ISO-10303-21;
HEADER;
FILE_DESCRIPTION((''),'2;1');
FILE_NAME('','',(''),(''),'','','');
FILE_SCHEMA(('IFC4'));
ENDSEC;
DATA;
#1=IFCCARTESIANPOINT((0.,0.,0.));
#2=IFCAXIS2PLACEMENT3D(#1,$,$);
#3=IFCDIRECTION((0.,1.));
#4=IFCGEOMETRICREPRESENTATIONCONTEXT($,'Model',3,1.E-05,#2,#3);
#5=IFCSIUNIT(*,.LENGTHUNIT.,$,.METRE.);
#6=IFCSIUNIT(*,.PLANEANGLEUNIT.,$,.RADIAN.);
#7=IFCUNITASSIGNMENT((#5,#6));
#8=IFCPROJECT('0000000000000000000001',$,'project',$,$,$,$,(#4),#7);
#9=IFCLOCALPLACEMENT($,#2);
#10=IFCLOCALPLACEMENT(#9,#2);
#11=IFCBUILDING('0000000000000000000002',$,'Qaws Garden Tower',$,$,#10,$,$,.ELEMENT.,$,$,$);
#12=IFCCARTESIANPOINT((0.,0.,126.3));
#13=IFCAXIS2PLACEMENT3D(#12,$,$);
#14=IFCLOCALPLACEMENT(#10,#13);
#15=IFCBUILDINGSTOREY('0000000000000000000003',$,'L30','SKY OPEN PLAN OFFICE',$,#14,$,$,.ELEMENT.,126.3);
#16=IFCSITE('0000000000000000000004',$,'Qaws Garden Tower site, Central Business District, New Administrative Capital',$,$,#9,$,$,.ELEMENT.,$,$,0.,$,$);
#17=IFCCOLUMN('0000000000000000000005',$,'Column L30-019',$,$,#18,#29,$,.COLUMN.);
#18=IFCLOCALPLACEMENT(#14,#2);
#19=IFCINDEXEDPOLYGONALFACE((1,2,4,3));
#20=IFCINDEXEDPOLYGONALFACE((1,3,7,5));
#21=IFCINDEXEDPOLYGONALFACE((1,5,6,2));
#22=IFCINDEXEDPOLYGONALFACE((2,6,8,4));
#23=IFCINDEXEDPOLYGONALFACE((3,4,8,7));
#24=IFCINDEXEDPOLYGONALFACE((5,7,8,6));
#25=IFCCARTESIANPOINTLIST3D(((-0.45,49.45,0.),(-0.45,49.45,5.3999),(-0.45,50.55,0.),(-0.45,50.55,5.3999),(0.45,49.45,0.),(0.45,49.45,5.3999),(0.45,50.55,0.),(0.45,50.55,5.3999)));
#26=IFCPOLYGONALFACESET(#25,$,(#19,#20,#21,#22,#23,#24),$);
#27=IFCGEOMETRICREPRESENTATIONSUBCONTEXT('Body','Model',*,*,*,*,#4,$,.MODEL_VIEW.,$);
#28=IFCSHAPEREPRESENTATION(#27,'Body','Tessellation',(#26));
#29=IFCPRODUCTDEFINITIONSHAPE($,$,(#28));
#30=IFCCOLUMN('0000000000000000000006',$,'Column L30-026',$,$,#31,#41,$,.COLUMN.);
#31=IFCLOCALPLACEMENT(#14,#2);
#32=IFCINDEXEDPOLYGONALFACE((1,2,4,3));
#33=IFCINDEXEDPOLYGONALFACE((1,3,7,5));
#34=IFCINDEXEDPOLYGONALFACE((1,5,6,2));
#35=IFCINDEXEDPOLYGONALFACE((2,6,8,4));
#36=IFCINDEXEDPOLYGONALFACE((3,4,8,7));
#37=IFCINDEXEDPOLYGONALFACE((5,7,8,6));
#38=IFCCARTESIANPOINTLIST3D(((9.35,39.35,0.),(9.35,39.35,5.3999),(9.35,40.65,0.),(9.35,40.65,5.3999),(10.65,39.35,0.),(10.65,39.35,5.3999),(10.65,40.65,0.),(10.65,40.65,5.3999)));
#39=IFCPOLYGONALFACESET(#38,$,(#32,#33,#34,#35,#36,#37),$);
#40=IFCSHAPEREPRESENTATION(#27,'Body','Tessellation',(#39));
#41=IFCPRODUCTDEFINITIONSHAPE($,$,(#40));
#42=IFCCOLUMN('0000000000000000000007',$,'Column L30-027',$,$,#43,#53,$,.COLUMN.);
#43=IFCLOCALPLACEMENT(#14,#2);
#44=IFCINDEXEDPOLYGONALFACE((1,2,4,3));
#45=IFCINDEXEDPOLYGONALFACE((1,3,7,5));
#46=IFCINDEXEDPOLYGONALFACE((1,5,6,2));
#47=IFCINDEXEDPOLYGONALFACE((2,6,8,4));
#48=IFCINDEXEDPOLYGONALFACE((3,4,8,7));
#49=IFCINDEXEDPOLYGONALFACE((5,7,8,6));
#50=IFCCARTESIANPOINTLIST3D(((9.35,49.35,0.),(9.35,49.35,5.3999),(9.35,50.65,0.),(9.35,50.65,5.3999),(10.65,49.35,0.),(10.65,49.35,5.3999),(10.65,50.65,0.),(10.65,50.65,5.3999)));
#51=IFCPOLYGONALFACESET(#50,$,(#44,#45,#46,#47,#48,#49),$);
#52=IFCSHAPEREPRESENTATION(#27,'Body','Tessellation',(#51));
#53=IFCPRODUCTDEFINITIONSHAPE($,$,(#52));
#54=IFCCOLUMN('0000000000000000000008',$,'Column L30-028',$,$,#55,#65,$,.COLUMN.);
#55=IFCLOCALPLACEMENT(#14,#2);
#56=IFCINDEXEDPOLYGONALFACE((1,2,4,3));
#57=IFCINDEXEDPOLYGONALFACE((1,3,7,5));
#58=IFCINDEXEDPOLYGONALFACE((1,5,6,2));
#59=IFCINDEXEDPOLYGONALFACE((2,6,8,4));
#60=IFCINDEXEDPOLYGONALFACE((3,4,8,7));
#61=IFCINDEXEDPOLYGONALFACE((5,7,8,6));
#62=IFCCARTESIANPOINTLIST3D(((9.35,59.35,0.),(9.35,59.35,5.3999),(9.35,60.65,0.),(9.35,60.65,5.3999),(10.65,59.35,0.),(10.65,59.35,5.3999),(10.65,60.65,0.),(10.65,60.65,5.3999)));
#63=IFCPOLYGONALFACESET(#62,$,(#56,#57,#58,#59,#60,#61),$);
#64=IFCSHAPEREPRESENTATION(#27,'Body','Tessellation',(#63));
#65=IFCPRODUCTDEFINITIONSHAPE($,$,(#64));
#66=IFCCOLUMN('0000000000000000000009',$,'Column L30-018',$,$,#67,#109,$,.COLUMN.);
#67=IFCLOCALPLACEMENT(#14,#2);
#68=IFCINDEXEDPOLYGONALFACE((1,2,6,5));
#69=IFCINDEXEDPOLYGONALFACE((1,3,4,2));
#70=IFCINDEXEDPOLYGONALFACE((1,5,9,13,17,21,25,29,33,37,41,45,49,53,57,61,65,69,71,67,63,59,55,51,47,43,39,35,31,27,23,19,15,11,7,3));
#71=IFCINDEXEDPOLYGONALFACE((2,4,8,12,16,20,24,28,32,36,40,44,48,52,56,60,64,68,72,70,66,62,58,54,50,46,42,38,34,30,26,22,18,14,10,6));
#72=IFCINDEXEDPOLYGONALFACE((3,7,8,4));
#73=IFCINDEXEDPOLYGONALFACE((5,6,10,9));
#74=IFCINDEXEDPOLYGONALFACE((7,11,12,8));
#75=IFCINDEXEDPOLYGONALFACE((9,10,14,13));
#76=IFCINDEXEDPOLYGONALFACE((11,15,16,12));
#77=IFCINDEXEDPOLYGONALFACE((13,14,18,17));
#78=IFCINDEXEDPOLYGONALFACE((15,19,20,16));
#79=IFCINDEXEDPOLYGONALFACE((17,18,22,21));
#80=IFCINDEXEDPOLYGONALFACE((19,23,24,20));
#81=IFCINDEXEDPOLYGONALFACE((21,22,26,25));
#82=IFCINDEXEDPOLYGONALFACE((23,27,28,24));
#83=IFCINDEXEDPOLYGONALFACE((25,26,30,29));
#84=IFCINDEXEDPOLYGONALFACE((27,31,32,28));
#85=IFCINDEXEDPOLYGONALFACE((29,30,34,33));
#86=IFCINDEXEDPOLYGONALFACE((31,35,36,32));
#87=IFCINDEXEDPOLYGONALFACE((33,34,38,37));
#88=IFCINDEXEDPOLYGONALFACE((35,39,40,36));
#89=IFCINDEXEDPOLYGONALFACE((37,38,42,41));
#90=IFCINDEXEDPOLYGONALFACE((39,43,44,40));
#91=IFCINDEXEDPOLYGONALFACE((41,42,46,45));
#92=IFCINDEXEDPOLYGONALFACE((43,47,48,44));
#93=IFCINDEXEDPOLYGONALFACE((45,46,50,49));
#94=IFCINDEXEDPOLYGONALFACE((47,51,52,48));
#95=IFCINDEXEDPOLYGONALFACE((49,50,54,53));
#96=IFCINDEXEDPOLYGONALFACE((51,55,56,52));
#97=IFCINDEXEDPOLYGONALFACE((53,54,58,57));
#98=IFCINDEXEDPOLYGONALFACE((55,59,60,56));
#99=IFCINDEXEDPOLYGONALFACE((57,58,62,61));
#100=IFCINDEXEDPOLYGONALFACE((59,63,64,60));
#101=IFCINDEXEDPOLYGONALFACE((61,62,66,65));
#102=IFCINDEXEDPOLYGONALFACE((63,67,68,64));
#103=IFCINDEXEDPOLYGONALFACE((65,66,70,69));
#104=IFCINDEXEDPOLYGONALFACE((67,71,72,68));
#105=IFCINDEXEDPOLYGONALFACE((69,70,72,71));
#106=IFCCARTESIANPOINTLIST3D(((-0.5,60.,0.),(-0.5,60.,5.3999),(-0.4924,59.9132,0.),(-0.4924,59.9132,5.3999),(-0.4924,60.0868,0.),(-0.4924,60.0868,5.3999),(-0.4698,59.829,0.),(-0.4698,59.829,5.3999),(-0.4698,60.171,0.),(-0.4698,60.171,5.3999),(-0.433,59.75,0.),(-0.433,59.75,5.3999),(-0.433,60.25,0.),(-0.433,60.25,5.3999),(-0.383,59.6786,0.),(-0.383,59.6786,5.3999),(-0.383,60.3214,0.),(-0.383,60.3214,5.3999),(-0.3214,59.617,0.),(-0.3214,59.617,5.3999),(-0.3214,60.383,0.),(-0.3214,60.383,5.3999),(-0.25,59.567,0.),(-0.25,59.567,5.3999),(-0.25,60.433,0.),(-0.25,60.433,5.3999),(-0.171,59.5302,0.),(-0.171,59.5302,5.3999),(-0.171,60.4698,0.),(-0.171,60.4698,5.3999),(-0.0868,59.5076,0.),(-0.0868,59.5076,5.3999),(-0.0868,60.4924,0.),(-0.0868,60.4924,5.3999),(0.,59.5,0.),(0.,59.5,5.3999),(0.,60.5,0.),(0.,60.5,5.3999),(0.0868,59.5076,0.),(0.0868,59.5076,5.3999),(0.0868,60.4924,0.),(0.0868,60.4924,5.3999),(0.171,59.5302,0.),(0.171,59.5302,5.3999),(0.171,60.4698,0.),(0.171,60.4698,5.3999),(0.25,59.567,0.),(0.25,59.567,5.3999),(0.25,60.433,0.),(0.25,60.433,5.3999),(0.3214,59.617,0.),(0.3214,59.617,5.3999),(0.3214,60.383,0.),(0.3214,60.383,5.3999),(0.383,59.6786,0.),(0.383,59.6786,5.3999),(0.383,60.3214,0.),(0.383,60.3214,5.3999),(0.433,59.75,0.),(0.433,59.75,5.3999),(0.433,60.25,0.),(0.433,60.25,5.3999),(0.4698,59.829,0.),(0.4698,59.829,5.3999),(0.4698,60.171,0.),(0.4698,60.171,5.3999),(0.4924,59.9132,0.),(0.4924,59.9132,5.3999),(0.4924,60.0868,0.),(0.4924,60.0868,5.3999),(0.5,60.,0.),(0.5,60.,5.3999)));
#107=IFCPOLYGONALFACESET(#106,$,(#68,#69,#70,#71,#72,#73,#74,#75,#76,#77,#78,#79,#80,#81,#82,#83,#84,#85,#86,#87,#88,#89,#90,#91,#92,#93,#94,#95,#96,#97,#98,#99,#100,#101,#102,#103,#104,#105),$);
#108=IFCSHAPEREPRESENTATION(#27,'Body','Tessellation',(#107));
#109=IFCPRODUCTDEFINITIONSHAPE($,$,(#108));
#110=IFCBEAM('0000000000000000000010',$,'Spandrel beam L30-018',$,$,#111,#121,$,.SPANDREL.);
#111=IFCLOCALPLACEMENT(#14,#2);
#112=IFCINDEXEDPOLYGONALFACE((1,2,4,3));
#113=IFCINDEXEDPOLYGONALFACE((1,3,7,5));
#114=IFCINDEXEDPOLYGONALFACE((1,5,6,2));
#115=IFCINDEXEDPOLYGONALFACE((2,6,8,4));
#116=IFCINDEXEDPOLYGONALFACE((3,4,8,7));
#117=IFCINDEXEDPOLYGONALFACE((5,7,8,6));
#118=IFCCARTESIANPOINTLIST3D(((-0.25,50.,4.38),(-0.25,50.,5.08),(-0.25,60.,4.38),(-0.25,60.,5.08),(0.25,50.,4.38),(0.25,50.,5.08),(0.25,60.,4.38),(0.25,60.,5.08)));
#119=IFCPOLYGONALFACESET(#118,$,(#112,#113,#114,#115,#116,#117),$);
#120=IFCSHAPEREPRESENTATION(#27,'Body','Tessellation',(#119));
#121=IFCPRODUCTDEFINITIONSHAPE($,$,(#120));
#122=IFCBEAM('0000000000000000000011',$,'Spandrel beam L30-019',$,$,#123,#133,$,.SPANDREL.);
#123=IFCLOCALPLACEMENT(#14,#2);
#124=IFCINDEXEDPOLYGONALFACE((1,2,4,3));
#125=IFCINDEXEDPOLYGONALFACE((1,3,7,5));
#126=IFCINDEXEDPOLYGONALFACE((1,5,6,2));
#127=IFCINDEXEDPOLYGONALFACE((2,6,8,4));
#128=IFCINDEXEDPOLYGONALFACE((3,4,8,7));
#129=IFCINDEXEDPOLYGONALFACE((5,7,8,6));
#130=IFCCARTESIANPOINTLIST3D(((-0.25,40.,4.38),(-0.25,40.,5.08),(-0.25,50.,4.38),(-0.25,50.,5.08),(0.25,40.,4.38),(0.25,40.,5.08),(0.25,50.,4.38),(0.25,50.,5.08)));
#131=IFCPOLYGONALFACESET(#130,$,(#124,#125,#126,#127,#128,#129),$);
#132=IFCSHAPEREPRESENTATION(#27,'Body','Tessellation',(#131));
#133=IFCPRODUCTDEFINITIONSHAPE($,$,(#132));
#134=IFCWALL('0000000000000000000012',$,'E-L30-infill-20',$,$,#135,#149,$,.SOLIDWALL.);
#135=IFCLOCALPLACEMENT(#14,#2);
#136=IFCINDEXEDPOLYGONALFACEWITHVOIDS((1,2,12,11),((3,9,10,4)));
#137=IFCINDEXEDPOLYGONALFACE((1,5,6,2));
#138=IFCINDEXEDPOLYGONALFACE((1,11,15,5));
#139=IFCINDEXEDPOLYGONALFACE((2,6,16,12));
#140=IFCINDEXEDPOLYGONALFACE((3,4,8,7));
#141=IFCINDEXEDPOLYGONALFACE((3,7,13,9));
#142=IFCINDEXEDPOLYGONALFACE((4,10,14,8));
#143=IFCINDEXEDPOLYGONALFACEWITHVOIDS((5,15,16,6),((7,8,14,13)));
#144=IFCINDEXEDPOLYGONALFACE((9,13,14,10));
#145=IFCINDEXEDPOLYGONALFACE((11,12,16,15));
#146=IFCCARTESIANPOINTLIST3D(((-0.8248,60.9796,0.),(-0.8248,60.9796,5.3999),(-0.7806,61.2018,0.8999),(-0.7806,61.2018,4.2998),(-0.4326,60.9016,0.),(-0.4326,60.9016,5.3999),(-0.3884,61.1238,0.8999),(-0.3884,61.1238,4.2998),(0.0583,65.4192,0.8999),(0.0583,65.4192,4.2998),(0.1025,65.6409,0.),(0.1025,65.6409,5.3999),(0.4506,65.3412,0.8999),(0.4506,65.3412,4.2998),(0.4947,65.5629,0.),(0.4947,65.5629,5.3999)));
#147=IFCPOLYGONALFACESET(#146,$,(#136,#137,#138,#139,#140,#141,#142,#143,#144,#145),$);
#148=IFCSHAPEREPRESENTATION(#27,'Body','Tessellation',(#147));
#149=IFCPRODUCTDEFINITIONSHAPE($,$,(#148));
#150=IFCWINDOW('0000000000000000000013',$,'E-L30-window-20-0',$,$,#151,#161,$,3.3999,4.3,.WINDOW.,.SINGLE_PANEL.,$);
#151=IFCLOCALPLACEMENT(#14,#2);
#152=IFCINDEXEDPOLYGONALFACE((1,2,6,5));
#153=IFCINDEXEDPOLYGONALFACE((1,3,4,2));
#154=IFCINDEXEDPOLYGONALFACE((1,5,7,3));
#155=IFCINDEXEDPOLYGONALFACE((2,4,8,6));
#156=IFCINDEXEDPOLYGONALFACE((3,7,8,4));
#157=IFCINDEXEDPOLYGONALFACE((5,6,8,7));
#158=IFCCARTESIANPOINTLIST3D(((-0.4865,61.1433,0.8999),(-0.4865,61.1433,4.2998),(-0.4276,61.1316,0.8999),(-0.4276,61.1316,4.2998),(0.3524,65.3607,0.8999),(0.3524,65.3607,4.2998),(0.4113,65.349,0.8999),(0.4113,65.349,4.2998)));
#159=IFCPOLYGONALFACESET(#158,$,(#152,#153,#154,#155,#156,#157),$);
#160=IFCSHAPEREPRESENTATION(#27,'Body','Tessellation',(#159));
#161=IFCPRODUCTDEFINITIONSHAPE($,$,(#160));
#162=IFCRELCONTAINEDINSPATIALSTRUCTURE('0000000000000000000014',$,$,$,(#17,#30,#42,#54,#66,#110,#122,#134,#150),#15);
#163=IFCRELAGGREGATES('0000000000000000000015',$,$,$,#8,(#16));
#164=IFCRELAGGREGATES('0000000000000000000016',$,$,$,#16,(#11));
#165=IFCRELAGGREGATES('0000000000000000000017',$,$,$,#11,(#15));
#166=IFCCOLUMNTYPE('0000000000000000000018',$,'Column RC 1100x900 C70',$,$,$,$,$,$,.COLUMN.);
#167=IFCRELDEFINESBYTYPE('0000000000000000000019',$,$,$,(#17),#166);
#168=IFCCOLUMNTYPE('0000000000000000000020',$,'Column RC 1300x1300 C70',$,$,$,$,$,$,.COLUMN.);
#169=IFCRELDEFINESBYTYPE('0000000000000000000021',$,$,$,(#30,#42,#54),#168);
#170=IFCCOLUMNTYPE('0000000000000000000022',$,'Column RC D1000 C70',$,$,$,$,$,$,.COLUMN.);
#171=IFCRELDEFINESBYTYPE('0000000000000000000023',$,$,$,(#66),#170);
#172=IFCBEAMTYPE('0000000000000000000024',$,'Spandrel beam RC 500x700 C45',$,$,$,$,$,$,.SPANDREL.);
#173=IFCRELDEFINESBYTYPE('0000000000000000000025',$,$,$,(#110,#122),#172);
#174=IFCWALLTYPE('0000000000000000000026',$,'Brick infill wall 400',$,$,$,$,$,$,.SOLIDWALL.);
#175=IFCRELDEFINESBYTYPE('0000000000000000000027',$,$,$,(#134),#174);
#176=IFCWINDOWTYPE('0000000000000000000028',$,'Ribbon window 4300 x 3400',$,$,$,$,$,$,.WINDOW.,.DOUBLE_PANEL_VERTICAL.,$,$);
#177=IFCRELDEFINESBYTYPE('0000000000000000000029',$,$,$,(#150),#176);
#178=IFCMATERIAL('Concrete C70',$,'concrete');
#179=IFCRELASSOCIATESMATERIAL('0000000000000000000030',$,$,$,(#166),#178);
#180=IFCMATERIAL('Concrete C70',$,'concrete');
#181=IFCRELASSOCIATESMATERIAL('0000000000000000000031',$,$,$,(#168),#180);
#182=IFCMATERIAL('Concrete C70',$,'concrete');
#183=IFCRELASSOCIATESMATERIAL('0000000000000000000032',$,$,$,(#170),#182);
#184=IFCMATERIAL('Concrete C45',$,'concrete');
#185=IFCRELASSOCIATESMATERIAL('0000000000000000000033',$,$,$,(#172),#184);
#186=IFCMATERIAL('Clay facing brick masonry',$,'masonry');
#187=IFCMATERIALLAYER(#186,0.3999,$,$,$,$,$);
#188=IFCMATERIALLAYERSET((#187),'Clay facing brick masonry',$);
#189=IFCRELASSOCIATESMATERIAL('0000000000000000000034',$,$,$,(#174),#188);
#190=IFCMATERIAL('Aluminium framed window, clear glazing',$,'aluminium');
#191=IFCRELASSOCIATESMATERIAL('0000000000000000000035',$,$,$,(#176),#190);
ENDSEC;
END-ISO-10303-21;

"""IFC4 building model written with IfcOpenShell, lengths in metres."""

from ifc_helpers import new_model, si_unit, direction, frame, frame_2d, origin, origin_2d, place, context, subcontext, project, spatial, rectangle, circle, extrude, material, layer, layer_set, material_profile, profile_set, type_object, element, fill, save


model = new_model("IFC4")

# Units and contexts
model_context = context("Model", 3, precision=1e-05, world=origin(), true_north=direction((0.0, 1.0)))
body_context = subcontext(model_context, "Body", "Model", "MODEL_VIEW")
ifc_project = project(units=[si_unit("LENGTHUNIT", "METRE"), si_unit("PLANEANGLEUNIT", "RADIAN")], contexts=[model_context])

# Site, building, storey
site_placement = place(None, origin())
site = spatial("IfcSite", under=ifc_project, at=site_placement, Name="Qaws Garden Tower site, Central Business District, New Administrative Capital", CompositionType="ELEMENT", RefElevation=0.0)
building_placement = place(site_placement, origin())
building = spatial("IfcBuilding", under=site, at=building_placement, Name="Qaws Garden Tower", CompositionType="ELEMENT")
storey_placement = place(building_placement, frame((0.0, 0.0, 126.3)))
storey = spatial("IfcBuildingStorey", under=building, at=storey_placement, Name="L30", Description="SKY OPEN PLAN OFFICE", CompositionType="ELEMENT", Elevation=126.3)

# Columns
ifc_material_1 = material(Name="Concrete C70", Category="concrete")
ifc_material_profile_1 = material_profile(ifc_material_1, rectangle(XDim=1.1001, YDim=0.8999, at=origin_2d()), Name="RC 1100x900")
ifc_profile_set_1 = profile_set([ifc_material_profile_1], Name="Concrete C70")
column_type_1 = type_object("IfcColumnType", Name="Column RC 1100x900 C70", PredefinedType="COLUMN", material=ifc_profile_set_1)
column_1_placement = place(storey_placement, frame((0.0, 50.0, 0.0), z_axis=(0.0, 0.0, 1.0), x_axis=(0.0, 1.0, 0.0)))
element("IfcColumn", 1, at=column_1_placement, inside=storey, type_object=column_type_1, Name="Column L30-019", PredefinedType="COLUMN", context=body_context, shape_type="SweptSolid", body=[
    extrude(rectangle(XDim=1.1001, YDim=0.8999, at=origin_2d()), origin(), (0.0, 0.0, 1.0), 5.3999),
])
ifc_material_2 = material(Name="Concrete C70", Category="concrete")
ifc_material_profile_2 = material_profile(ifc_material_2, rectangle(XDim=1.3, YDim=1.3, at=origin_2d()), Name="RC 1300x1300")
ifc_profile_set_2 = profile_set([ifc_material_profile_2], Name="Concrete C70")
column_type_2 = type_object("IfcColumnType", Name="Column RC 1300x1300 C70", PredefinedType="COLUMN", material=ifc_profile_set_2)
for number, where, z_axis, x_axis, name in (
    (2, (10.0, 40.0, 0.0), (0.0, 0.0, 1.0), (1.0, 0.0, 0.0), "Column L30-026"),
    (3, (10.0, 50.0, 0.0), (0.0, 0.0, 1.0), (1.0, 0.0, 0.0), "Column L30-027"),
    (4, (10.0, 60.0, 0.0), (0.0, 0.0, 1.0), (1.0, 0.0, 0.0), "Column L30-028"),
):
    element("IfcColumn", number, at=place(storey_placement, frame(where, z_axis=z_axis, x_axis=x_axis)), inside=storey, type_object=column_type_2, Name=name, PredefinedType="COLUMN", context=body_context, shape_type="SweptSolid", body=[
        extrude(rectangle(XDim=1.3, YDim=1.3, at=origin_2d()), origin(), (0.0, 0.0, 1.0), 5.3999),
    ])
ifc_material_3 = material(Name="Concrete C70", Category="concrete")
ifc_material_profile_3 = material_profile(ifc_material_3, circle(Radius=0.5, at=origin_2d()), Name="RC D1000")
ifc_profile_set_3 = profile_set([ifc_material_profile_3], Name="Concrete C70")
column_type_3 = type_object("IfcColumnType", Name="Column RC D1000 C70", PredefinedType="COLUMN", material=ifc_profile_set_3)
column_2_placement = place(storey_placement, frame((0.0, 60.0, 0.0), z_axis=(0.0, 0.0, 1.0), x_axis=(1.0, 0.0, 0.0)))
element("IfcColumn", 5, at=column_2_placement, inside=storey, type_object=column_type_3, Name="Column L30-018", PredefinedType="COLUMN", context=body_context, shape_type="SweptSolid", body=[
    extrude(circle(Radius=0.5, at=origin_2d()), origin(), (0.0, 0.0, 1.0), 5.3999),
])

# Beams
ifc_material_4 = material(Name="Concrete C45", Category="concrete")
ifc_material_profile_4 = material_profile(ifc_material_4, rectangle(XDim=0.5, YDim=0.7, at=origin_2d()), Name="RC 500x700")
ifc_profile_set_4 = profile_set([ifc_material_profile_4], Name="Concrete C45")
beam_type = type_object("IfcBeamType", Name="Spandrel beam RC 500x700 C45", PredefinedType="SPANDREL", material=ifc_profile_set_4)
for number, where, z_axis, x_axis, name in (
    (6, (0.0, 60.0, 4.73), (0.0, -1.0, 0.0), (1.0, 0.0, 0.0), "Spandrel beam L30-018"),
    (7, (0.0, 50.0, 4.73), (0.0, -1.0, 0.0), (1.0, 0.0, 0.0), "Spandrel beam L30-019"),
):
    element("IfcBeam", number, at=place(storey_placement, frame(where, z_axis=z_axis, x_axis=x_axis)), inside=storey, type_object=beam_type, Name=name, PredefinedType="SPANDREL", context=body_context, shape_type="SweptSolid", body=[
        extrude(rectangle(XDim=0.5, YDim=0.7, at=origin_2d()), origin(), (0.0, 0.0, 1.0), 10.0),
    ])

# Wall, opening, window
ifc_material_5 = material(Name="Clay facing brick masonry", Category="masonry")
ifc_layer_1 = layer(ifc_material_5, 0.3999)
ifc_layer_set_1 = layer_set([ifc_layer_1], Name="Clay facing brick masonry")
wall_type_1 = type_object("IfcWallType", Name="Brick infill wall 400", PredefinedType="SOLIDWALL", material=ifc_layer_set_1)
wall_1_placement = place(storey_placement, frame((0.2986, 65.6021, 0.0), z_axis=(0.0, 0.0, 1.0), x_axis=(-0.195099, -0.980784, 0.0)))
wall_1 = element("IfcWall", 8, at=wall_1_placement, inside=storey, type_object=wall_type_1, Name="E-L30-infill-20", PredefinedType="SOLIDWALL", context=body_context, shape_type="SweptSolid", body=[
    extrude(rectangle(XDim=4.7527, YDim=0.3999, at=frame_2d((2.3765, 0.0))), origin(), (0.0, 0.0, 1.0), 5.3999),
])
opening_1_placement = place(wall_1_placement, frame((0.2263, 0.0, 0.8999)))
opening_1 = element("IfcOpeningElement", 9, at=opening_1_placement, cuts=wall_1, PredefinedType="OPENING", context=body_context, shape_type="SweptSolid", body=[
    extrude(rectangle(XDim=4.3, YDim=3.3999, at=frame_2d((2.1499, 1.7))), frame((0.0, 0.21, 0.0), z_axis=(0.0, -1.0, 0.0), x_axis=(1.0, 0.0, 0.0)), (0.0, 0.0, 1.0), 0.4199),
])
ifc_material_6 = material(Name="Aluminium framed window, clear glazing", Category="aluminium")
window_type_1 = type_object("IfcWindowType", Name="Ribbon window 4300 x 3400", PartitioningType="DOUBLE_PANEL_VERTICAL", PredefinedType="WINDOW", material=ifc_material_6)
window_1_placement = place(opening_1_placement, origin())
window_1 = element("IfcWindow", 10, at=window_1_placement, inside=storey, type_object=window_type_1, Name="E-L30-window-20-0", OverallHeight=3.3999, OverallWidth=4.3, PartitioningType="SINGLE_PANEL", PredefinedType="WINDOW", context=body_context, shape_type="SweptSolid", body=[
    extrude(rectangle(XDim=4.3, YDim=3.3999, at=frame_2d((2.1499, 1.7))), frame((0.0, 0.1599, 0.0), z_axis=(0.0, -1.0, 0.0), x_axis=(1.0, 0.0, 0.0)), (0.0, 0.0, 1.0), 0.0601),
])
fill(opening_1, window_1)

save(model, "model.ifc")
